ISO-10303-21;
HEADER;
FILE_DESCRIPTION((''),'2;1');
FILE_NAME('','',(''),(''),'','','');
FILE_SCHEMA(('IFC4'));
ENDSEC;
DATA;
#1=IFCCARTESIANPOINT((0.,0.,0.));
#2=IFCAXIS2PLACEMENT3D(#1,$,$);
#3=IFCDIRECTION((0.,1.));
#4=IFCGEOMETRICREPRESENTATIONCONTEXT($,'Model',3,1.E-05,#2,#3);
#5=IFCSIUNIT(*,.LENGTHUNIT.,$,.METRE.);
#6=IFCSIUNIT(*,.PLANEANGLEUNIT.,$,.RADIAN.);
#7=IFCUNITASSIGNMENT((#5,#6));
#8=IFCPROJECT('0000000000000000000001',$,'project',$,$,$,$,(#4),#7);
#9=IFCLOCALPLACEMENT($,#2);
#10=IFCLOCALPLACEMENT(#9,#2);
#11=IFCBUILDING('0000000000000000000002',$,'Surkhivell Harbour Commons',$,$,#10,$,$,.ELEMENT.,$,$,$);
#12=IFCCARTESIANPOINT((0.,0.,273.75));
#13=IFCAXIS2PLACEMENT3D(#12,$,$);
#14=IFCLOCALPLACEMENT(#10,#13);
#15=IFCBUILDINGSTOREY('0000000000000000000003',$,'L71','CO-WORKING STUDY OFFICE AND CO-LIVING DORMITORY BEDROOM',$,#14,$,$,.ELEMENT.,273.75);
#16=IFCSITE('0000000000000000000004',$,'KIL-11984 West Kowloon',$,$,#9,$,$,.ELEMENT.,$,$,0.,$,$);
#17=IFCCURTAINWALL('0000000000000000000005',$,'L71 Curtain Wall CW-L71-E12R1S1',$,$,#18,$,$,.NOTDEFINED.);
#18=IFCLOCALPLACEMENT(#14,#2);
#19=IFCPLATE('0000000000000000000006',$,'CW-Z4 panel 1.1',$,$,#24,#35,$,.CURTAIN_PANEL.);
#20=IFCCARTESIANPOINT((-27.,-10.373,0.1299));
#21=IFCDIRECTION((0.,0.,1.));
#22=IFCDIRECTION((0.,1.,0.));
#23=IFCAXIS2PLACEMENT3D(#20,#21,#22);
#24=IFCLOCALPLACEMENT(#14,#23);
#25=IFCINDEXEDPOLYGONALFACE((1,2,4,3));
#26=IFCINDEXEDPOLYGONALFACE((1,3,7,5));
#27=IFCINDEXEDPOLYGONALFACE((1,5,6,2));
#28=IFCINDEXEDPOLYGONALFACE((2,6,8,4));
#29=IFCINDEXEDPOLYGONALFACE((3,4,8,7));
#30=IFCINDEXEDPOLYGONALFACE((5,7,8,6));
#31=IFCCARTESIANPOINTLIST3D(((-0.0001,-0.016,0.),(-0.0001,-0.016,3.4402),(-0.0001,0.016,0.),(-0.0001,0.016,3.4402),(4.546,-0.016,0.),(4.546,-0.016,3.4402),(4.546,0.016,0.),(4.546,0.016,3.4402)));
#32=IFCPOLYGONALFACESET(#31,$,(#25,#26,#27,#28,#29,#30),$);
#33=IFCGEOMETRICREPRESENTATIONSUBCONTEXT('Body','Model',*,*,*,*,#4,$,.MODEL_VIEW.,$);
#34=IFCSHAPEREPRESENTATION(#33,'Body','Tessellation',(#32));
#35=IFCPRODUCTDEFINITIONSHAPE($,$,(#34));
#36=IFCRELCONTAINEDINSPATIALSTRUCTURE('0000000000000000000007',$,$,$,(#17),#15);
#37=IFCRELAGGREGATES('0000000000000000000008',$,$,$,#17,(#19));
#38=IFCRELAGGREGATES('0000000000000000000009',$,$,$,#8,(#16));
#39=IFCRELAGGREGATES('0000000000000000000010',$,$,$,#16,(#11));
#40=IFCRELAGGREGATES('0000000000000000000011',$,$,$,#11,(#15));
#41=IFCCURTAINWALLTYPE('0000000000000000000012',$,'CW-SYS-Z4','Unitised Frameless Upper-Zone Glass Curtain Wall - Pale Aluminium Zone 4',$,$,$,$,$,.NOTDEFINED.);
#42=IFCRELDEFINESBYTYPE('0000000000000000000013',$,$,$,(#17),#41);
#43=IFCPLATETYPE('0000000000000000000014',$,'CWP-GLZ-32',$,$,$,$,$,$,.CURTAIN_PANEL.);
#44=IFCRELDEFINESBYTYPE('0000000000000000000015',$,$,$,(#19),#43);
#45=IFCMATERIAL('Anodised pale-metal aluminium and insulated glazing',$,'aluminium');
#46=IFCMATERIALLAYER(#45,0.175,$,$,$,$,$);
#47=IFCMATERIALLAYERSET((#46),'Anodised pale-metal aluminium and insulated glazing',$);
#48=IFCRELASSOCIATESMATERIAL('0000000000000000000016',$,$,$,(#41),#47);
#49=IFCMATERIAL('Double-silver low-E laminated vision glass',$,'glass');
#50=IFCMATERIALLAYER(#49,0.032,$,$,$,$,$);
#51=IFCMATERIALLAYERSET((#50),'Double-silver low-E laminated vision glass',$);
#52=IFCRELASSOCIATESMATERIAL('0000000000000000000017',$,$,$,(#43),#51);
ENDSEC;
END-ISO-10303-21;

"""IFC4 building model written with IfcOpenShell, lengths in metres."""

from ifc_helpers import new_model, si_unit, direction, frame, frame_2d, origin, place, context, subcontext, project, spatial, rectangle, extrude, material, layer, layer_set, type_object, element, aggregate, save


model = new_model("IFC4")

# Units and contexts
model_context = context("Model", 3, precision=1e-05, world=origin(), true_north=direction((0.0, 1.0)))
body_context = subcontext(model_context, "Body", "Model", "MODEL_VIEW")
ifc_project = project(units=[si_unit("LENGTHUNIT", "METRE"), si_unit("PLANEANGLEUNIT", "RADIAN")], contexts=[model_context])

# Site, building, storey
site_placement = place(None, origin())
site = spatial("IfcSite", under=ifc_project, at=site_placement, Name="KIL-11984 West Kowloon", CompositionType="ELEMENT", RefElevation=0.0)
building_placement = place(site_placement, origin())
building = spatial("IfcBuilding", under=site, at=building_placement, Name="Surkhivell Harbour Commons", CompositionType="ELEMENT")
storey_placement = place(building_placement, frame((0.0, 0.0, 273.75)))
storey = spatial("IfcBuildingStorey", under=building, at=storey_placement, Name="L71", Description="CO-WORKING STUDY OFFICE AND CO-LIVING DORMITORY BEDROOM", CompositionType="ELEMENT", Elevation=273.75)

# Curtain wall
ifc_material_1 = material(Name="Anodised pale-metal aluminium and insulated glazing", Category="aluminium")
ifc_layer_1 = layer(ifc_material_1, 0.175)
ifc_layer_set_1 = layer_set([ifc_layer_1], Name="Anodised pale-metal aluminium and insulated glazing")
curtain_wall_type = type_object("IfcCurtainWallType", Name="CW-SYS-Z4", Description="Unitised Frameless Upper-Zone Glass Curtain Wall - Pale Aluminium Zone 4", PredefinedType="NOTDEFINED", material=ifc_layer_set_1)
curtain_wall_placement = place(storey_placement, origin())
curtain_wall = element("IfcCurtainWall", 1, at=curtain_wall_placement, inside=storey, type_object=curtain_wall_type, Name="L71 Curtain Wall CW-L71-E12R1S1", PredefinedType="NOTDEFINED")

# Plate
ifc_material_2 = material(Name="Double-silver low-E laminated vision glass", Category="glass")
ifc_layer_2 = layer(ifc_material_2, 0.032)
ifc_layer_set_2 = layer_set([ifc_layer_2], Name="Double-silver low-E laminated vision glass")
plate_type_1 = type_object("IfcPlateType", Name="CWP-GLZ-32", PredefinedType="CURTAIN_PANEL", material=ifc_layer_set_2)
plate_1_placement = place(storey_placement, frame((-27.0, -10.373, 0.1299), z_axis=(0.0, 0.0, 1.0), x_axis=(0.0, 1.0, 0.0)))
plate_1 = element("IfcPlate", 2, at=plate_1_placement, type_object=plate_type_1, Name="CW-Z4 panel 1.1", PredefinedType="CURTAIN_PANEL", context=body_context, shape_type="SweptSolid", body=[
    extrude(rectangle(XDim=4.5461, YDim=0.032, at=frame_2d((2.2729, 0.0))), origin(), (0.0, 0.0, 1.0), 3.4402),
])
aggregate(curtain_wall, [plate_1])

save(model, "model.ifc")
